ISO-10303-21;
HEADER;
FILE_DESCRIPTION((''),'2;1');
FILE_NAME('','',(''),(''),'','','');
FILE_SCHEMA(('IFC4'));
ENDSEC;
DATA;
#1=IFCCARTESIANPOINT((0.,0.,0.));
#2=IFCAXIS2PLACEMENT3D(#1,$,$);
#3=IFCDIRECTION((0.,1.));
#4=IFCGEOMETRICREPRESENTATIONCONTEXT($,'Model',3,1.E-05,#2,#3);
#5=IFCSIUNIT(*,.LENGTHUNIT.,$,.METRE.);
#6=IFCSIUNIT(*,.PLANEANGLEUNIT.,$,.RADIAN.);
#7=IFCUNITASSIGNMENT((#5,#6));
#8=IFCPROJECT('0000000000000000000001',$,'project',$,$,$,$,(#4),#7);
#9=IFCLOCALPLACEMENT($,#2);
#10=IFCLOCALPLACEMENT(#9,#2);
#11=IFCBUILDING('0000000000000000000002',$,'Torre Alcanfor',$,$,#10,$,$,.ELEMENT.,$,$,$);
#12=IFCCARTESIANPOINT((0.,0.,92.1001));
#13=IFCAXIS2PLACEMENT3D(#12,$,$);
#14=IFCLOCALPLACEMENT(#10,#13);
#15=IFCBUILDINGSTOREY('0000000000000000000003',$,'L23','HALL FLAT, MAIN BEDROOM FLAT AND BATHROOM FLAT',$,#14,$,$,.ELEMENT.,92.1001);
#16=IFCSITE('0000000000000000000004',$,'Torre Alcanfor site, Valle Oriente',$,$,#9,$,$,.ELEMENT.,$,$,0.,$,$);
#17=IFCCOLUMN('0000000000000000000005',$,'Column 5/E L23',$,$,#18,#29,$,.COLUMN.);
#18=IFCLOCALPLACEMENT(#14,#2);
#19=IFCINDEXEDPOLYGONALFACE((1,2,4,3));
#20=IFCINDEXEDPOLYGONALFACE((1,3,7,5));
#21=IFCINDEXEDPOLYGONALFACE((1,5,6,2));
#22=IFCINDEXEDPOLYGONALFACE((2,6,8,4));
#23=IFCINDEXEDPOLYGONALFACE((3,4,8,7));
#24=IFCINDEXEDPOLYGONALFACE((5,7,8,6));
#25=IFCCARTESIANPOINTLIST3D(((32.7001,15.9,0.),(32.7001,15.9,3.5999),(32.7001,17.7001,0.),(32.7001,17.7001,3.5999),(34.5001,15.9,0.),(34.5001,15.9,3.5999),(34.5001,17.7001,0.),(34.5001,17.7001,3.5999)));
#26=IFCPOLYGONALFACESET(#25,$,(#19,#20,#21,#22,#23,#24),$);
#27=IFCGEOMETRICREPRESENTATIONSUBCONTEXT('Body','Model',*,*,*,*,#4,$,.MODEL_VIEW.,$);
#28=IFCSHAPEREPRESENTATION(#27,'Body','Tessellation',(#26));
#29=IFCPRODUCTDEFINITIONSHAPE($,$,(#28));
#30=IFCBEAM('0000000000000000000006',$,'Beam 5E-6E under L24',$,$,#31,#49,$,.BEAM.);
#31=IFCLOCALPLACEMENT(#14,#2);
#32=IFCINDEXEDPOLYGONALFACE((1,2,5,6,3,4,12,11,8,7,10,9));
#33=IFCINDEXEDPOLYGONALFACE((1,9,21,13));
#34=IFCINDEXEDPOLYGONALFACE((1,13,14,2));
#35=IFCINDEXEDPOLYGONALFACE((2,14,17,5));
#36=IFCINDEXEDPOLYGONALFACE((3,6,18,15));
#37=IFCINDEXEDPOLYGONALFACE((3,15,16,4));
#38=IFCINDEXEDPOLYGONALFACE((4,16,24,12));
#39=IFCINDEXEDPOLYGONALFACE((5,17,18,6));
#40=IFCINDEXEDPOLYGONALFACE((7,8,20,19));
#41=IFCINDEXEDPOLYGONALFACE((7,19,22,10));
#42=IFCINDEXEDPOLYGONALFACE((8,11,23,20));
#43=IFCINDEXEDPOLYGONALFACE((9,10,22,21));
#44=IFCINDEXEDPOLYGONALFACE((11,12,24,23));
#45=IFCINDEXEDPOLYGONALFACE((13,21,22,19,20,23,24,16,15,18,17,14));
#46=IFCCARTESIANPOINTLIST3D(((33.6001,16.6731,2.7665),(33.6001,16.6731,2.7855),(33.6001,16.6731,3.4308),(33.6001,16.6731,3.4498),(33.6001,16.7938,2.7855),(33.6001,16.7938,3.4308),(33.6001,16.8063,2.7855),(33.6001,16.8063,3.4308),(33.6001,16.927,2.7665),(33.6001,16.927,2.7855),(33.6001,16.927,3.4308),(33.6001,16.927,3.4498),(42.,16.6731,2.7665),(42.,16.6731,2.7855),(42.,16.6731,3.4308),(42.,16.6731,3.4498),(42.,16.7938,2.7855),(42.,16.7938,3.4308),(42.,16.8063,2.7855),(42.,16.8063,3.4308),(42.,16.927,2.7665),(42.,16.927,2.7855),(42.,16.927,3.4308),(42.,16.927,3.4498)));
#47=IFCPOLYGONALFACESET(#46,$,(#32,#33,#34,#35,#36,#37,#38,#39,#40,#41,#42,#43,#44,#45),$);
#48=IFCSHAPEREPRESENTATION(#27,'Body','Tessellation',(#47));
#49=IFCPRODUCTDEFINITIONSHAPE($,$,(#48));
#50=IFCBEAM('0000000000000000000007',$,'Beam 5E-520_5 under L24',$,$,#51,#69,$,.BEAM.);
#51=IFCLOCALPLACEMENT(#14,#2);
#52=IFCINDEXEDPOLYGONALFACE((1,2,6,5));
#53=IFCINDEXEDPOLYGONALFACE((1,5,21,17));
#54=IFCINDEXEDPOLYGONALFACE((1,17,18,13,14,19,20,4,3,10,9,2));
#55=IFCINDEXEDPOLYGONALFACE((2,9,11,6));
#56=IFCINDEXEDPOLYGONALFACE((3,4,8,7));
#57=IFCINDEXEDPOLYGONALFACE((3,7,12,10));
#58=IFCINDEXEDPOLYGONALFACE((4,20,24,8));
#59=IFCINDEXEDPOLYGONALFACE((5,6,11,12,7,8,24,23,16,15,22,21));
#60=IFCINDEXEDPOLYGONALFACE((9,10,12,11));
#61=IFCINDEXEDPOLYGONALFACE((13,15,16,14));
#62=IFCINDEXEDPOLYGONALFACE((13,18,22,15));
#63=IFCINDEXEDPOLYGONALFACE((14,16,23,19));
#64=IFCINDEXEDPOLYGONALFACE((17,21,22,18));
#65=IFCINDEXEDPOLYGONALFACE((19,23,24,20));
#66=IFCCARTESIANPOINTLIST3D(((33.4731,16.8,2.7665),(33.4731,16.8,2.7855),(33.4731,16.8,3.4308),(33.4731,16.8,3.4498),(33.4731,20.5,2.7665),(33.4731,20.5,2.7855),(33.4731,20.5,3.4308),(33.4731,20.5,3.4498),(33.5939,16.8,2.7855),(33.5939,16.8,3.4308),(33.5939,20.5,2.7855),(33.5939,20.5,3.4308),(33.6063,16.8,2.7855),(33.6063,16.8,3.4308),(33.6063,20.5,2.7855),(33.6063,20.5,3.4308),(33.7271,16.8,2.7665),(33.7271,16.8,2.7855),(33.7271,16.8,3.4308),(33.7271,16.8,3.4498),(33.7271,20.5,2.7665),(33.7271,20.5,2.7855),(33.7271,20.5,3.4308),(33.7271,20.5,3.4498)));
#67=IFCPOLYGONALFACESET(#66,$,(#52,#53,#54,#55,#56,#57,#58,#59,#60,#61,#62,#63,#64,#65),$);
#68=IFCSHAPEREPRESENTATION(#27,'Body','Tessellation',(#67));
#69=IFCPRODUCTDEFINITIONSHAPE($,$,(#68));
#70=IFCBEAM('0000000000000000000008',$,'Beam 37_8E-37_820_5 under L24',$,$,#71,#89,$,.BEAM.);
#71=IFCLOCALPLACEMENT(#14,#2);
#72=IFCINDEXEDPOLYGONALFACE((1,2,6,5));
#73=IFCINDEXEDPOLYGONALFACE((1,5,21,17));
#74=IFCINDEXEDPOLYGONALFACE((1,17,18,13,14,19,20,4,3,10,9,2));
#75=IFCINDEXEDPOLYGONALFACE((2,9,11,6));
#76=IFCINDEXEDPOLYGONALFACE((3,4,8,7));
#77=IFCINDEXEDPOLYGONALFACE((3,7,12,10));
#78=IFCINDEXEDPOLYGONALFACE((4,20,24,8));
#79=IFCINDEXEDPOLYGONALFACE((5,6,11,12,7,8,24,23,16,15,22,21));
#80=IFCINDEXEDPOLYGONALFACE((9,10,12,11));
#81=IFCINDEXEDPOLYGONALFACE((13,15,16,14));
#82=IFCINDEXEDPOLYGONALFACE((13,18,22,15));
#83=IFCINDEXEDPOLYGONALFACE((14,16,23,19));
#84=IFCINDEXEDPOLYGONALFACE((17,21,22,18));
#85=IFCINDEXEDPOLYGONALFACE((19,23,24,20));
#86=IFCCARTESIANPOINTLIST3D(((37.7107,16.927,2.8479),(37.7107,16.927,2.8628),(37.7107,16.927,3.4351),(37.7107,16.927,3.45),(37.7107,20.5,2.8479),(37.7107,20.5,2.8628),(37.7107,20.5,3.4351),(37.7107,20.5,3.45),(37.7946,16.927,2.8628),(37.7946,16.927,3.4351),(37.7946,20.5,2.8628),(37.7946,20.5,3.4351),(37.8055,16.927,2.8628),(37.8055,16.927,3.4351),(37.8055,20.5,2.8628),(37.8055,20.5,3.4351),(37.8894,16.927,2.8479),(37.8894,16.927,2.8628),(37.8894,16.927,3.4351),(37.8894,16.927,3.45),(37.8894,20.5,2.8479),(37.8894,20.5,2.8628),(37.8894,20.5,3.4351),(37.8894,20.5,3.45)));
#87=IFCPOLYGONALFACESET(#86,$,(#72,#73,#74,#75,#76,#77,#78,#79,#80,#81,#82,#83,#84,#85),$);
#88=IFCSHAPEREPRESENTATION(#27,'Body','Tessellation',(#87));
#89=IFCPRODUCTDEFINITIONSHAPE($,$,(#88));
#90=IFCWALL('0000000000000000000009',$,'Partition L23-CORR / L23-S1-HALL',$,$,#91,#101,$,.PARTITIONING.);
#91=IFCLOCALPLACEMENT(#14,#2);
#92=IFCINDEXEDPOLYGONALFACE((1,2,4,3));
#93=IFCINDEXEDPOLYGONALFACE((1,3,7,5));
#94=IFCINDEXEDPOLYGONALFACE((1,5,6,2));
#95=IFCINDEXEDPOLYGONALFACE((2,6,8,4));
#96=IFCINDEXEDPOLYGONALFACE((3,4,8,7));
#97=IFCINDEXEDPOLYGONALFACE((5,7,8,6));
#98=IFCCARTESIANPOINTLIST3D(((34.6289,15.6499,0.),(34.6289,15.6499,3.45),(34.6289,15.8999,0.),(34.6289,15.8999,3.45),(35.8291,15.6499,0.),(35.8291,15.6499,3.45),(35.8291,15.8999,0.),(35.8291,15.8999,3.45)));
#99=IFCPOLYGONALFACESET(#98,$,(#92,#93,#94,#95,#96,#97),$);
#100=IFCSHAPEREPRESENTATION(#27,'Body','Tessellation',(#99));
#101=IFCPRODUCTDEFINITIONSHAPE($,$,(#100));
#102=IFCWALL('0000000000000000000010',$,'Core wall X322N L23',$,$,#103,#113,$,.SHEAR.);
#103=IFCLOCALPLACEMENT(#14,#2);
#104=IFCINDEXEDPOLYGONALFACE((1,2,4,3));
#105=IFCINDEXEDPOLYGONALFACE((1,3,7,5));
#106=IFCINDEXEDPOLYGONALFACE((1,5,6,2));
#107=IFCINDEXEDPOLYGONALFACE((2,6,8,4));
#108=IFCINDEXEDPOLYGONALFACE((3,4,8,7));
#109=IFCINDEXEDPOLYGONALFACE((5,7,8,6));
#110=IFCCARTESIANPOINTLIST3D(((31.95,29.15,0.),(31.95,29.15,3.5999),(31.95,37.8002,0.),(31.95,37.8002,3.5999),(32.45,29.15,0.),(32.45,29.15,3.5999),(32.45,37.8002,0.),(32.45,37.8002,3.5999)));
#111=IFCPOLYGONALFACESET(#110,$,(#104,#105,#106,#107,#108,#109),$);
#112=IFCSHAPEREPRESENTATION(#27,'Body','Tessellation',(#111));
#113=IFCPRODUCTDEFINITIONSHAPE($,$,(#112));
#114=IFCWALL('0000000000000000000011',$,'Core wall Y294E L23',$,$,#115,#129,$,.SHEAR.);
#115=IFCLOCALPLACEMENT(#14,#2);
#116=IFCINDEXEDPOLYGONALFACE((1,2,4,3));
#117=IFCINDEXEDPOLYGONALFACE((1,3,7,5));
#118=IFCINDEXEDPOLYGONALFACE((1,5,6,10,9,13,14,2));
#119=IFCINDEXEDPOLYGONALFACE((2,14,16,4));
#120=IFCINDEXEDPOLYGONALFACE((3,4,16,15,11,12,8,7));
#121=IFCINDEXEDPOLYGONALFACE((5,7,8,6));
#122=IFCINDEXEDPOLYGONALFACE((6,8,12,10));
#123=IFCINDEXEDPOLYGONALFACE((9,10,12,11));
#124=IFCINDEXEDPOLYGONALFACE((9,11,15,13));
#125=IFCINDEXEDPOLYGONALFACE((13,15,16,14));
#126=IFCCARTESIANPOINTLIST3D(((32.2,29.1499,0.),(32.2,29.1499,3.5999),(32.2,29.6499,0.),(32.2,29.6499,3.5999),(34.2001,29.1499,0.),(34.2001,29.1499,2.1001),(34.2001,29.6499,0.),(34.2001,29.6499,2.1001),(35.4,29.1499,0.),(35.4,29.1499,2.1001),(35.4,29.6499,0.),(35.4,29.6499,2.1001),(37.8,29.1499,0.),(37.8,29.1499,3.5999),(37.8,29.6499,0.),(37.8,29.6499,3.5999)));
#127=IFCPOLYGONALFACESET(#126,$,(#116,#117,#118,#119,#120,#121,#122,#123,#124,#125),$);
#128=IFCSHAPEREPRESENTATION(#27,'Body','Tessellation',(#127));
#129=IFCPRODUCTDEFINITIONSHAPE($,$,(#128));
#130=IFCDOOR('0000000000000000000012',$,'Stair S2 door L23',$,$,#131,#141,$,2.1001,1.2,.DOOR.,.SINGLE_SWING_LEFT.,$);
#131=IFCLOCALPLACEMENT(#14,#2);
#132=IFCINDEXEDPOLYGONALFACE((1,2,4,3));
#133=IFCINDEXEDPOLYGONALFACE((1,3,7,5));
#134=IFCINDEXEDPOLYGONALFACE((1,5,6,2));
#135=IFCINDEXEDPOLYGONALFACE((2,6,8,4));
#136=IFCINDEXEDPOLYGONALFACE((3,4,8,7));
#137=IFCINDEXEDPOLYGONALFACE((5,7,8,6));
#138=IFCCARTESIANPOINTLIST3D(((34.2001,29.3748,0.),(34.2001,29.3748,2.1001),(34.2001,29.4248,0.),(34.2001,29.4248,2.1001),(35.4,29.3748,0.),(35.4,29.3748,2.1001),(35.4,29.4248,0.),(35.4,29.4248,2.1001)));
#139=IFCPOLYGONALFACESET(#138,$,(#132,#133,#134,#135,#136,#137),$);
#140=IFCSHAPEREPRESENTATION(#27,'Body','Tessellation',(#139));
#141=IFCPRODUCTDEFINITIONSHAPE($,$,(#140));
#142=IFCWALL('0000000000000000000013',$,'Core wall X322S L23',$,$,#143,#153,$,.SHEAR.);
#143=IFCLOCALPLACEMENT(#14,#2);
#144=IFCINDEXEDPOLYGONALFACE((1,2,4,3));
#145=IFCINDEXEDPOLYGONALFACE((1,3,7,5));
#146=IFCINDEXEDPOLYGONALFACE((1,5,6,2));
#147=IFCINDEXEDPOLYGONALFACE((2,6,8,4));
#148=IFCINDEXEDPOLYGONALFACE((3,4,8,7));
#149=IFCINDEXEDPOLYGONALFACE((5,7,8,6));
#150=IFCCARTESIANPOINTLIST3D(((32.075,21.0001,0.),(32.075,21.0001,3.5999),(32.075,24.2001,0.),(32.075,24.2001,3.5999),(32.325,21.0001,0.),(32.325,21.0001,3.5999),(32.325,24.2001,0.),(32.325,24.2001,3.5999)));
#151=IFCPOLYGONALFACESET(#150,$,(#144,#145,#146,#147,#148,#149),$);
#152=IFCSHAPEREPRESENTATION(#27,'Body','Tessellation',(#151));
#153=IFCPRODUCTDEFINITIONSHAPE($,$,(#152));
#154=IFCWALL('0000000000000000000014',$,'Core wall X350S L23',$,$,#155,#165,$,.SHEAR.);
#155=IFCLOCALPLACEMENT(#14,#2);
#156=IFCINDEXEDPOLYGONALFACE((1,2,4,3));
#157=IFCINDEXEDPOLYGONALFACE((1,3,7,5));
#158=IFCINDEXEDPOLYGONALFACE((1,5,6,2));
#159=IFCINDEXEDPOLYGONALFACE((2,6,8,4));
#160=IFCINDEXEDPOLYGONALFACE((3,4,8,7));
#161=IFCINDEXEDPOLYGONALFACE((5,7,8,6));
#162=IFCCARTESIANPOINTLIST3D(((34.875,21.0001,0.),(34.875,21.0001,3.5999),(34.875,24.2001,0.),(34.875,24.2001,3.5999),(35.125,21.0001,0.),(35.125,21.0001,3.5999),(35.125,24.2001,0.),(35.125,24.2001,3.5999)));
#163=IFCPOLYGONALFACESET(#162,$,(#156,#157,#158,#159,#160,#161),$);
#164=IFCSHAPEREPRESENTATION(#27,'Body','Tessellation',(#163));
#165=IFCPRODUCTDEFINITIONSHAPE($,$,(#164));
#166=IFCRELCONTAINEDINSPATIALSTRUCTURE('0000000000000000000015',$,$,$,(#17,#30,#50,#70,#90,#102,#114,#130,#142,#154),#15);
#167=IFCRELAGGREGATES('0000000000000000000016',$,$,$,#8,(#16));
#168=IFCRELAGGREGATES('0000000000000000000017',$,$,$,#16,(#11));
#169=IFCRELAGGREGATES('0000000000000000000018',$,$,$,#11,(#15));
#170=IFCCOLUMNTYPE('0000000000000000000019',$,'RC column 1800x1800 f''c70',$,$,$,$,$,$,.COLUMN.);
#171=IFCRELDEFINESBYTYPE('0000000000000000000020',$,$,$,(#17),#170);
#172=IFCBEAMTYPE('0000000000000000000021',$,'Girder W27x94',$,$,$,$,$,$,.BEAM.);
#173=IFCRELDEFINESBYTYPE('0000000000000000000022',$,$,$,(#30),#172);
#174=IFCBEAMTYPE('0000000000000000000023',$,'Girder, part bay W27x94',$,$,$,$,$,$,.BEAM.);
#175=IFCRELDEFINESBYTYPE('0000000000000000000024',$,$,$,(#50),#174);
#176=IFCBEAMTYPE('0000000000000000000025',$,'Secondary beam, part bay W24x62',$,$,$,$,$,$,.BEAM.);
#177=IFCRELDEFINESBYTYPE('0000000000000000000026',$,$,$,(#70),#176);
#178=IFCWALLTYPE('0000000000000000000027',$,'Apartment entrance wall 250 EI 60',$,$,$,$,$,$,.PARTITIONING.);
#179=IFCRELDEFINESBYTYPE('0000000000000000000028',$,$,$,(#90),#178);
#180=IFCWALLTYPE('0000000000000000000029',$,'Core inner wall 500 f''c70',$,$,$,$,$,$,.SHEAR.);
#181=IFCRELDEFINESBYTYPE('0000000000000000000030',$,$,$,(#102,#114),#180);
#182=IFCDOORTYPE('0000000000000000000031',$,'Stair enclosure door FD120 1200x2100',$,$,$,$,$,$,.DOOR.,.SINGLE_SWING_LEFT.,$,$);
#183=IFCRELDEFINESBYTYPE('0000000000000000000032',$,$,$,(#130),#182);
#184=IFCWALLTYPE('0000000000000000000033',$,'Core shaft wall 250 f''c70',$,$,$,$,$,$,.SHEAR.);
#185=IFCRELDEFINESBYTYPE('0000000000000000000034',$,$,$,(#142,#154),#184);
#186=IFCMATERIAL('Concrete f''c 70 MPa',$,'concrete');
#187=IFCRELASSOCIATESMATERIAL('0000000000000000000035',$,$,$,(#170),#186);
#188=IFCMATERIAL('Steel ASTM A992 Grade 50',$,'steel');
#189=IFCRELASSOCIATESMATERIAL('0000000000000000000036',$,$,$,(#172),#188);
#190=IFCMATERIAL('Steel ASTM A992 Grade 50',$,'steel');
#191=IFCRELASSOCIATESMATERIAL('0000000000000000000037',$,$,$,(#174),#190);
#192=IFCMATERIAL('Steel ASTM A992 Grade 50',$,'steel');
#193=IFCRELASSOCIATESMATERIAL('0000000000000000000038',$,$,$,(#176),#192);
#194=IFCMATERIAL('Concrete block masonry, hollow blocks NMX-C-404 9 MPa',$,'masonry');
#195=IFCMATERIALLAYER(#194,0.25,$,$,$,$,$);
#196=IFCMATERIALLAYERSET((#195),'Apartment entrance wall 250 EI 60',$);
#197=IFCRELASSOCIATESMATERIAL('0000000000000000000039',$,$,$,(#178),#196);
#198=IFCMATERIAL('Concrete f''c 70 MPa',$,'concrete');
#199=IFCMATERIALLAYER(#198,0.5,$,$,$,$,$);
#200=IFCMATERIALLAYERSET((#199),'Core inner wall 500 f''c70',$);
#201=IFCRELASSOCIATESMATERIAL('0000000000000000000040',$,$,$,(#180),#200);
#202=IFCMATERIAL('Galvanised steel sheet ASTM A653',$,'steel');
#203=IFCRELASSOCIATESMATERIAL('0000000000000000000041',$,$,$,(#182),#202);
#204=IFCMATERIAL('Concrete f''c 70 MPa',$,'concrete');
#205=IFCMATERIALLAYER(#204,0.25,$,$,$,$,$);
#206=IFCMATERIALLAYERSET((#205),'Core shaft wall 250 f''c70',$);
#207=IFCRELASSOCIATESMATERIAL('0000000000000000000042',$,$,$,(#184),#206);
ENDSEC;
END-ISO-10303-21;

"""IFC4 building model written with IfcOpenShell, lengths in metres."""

from ifc_helpers import new_model, si_unit, direction, frame, frame_2d, origin, origin_2d, place, context, subcontext, project, spatial, rectangle, i_section, extrude, material, layer, layer_set, material_profile, profile_set, type_object, element, fill, save


model = new_model("IFC4")

# Units and contexts
model_context = context("Model", 3, precision=1e-05, world=origin(), true_north=direction((0.0, 1.0)))
body_context = subcontext(model_context, "Body", "Model", "MODEL_VIEW")
ifc_project = project(units=[si_unit("LENGTHUNIT", "METRE"), si_unit("PLANEANGLEUNIT", "RADIAN")], contexts=[model_context])

# Site, building, storey
site_placement = place(None, origin())
site = spatial("IfcSite", under=ifc_project, at=site_placement, Name="Torre Alcanfor site, Valle Oriente", CompositionType="ELEMENT", RefElevation=0.0)
building_placement = place(site_placement, origin())
building = spatial("IfcBuilding", under=site, at=building_placement, Name="Torre Alcanfor", CompositionType="ELEMENT")
storey_placement = place(building_placement, frame((0.0, 0.0, 92.1001)))
storey = spatial("IfcBuildingStorey", under=building, at=storey_placement, Name="L23", Description="HALL FLAT, MAIN BEDROOM FLAT AND BATHROOM FLAT", CompositionType="ELEMENT", Elevation=92.1001)

# Column
ifc_material_1 = material(Name="Concrete f'c 70 MPa", Category="concrete")
ifc_material_profile_1 = material_profile(ifc_material_1, rectangle(XDim=1.8, YDim=1.8, at=origin_2d()), Name="1800x1800")
ifc_profile_set_1 = profile_set([ifc_material_profile_1], Name="Concrete f'c 70 MPa")
column_type = type_object("IfcColumnType", Name="RC column 1800x1800 f'c70", PredefinedType="COLUMN", material=ifc_profile_set_1)
column_placement = place(storey_placement, frame((33.6001, 16.8, 0.0), z_axis=(0.0, 0.0, 1.0), x_axis=(1.0, 0.0, 0.0)))
element("IfcColumn", 1, at=column_placement, inside=storey, type_object=column_type, Name="Column 5/E L23", PredefinedType="COLUMN", context=body_context, shape_type="SweptSolid", body=[
    extrude(rectangle(XDim=1.8, YDim=1.8, at=origin_2d()), origin(), (0.0, 0.0, 1.0), 3.5999),
])

# Beams
ifc_material_2 = material(Name="Steel ASTM A992 Grade 50", Category="steel")
ifc_material_profile_2 = material_profile(ifc_material_2, i_section(OverallWidth=0.2539, OverallDepth=0.6833, WebThickness=0.0125, FlangeThickness=0.019, at=origin_2d()), Name="W27x94")
ifc_profile_set_2 = profile_set([ifc_material_profile_2], Name="Steel ASTM A992 Grade 50")
beam_type_1 = type_object("IfcBeamType", Name="Girder W27x94", PredefinedType="BEAM", material=ifc_profile_set_2)
beam_1_placement = place(storey_placement, frame((33.6001, 16.8, 3.1082), z_axis=(1.0, 0.0, 0.0), x_axis=(0.0, 1.0, 0.0)))
element("IfcBeam", 2, at=beam_1_placement, inside=storey, type_object=beam_type_1, Name="Beam 5E-6E under L24", PredefinedType="BEAM", context=body_context, shape_type="SweptSolid", body=[
    extrude(i_section(OverallWidth=0.2539, OverallDepth=0.6833, WebThickness=0.0125, FlangeThickness=0.019, at=origin_2d()), origin(), (0.0, 0.0, 1.0), 8.3999),
])
ifc_material_3 = material(Name="Steel ASTM A992 Grade 50", Category="steel")
ifc_material_profile_3 = material_profile(ifc_material_3, i_section(OverallWidth=0.2539, OverallDepth=0.6833, WebThickness=0.0125, FlangeThickness=0.019, at=origin_2d()), Name="W27x94")
ifc_profile_set_3 = profile_set([ifc_material_profile_3], Name="Steel ASTM A992 Grade 50")
beam_type_2 = type_object("IfcBeamType", Name="Girder, part bay W27x94", PredefinedType="BEAM", material=ifc_profile_set_3)
beam_2_placement = place(storey_placement, frame((33.6001, 16.8, 3.1082), z_axis=(0.0, 1.0, 0.0), x_axis=(-1.0, 0.0, 0.0)))
element("IfcBeam", 3, at=beam_2_placement, inside=storey, type_object=beam_type_2, Name="Beam 5E-520_5 under L24", PredefinedType="BEAM", context=body_context, shape_type="SweptSolid", body=[
    extrude(i_section(OverallWidth=0.2539, OverallDepth=0.6833, WebThickness=0.0125, FlangeThickness=0.019, at=origin_2d()), origin(), (0.0, 0.0, 1.0), 3.7),
])
ifc_material_4 = material(Name="Steel ASTM A992 Grade 50", Category="steel")
ifc_material_profile_4 = material_profile(ifc_material_4, i_section(OverallWidth=0.1787, OverallDepth=0.6021, WebThickness=0.011, FlangeThickness=0.0149, at=origin_2d()), Name="W24x62")
ifc_profile_set_4 = profile_set([ifc_material_profile_4], Name="Steel ASTM A992 Grade 50")
beam_type_3 = type_object("IfcBeamType", Name="Secondary beam, part bay W24x62", PredefinedType="BEAM", material=ifc_profile_set_4)
beam_3_placement = place(storey_placement, frame((37.8, 16.927, 3.1489), z_axis=(0.0, 1.0, 0.0), x_axis=(-1.0, 0.0, 0.0)))
element("IfcBeam", 4, at=beam_3_placement, inside=storey, type_object=beam_type_3, Name="Beam 37_8E-37_820_5 under L24", PredefinedType="BEAM", context=body_context, shape_type="SweptSolid", body=[
    extrude(i_section(OverallWidth=0.1787, OverallDepth=0.6021, WebThickness=0.011, FlangeThickness=0.0149, at=origin_2d()), origin(), (0.0, 0.0, 1.0), 3.573),
])

# Walls
ifc_material_5 = material(Name="Concrete block masonry, hollow blocks NMX-C-404 9 MPa", Category="masonry")
ifc_layer_1 = layer(ifc_material_5, 0.25)
ifc_layer_set_1 = layer_set([ifc_layer_1], Name="Apartment entrance wall 250 EI 60")
wall_type_1 = type_object("IfcWallType", Name="Apartment entrance wall 250 EI 60", PredefinedType="PARTITIONING", material=ifc_layer_set_1)
wall_1_placement = place(storey_placement, frame((35.8291, 15.7749, 0.0), z_axis=(0.0, 0.0, 1.0), x_axis=(-1.0, 0.0, 0.0)))
element("IfcWall", 5, at=wall_1_placement, inside=storey, type_object=wall_type_1, Name="Partition L23-CORR / L23-S1-HALL", PredefinedType="PARTITIONING", context=body_context, shape_type="SweptSolid", body=[
    extrude(rectangle(XDim=1.2002, YDim=0.25, at=frame_2d((0.6001, 0.0))), origin(), (0.0, 0.0, 1.0), 3.45),
])
ifc_material_6 = material(Name="Concrete f'c 70 MPa", Category="concrete")
ifc_layer_2 = layer(ifc_material_6, 0.5)
ifc_layer_set_2 = layer_set([ifc_layer_2], Name="Core inner wall 500 f'c70")
wall_type_2 = type_object("IfcWallType", Name="Core inner wall 500 f'c70", PredefinedType="SHEAR", material=ifc_layer_set_2)
wall_2_placement = place(storey_placement, frame((32.2, 29.1499, 0.0), z_axis=(0.0, 0.0, 1.0), x_axis=(0.0, 1.0, 0.0)))
element("IfcWall", 6, at=wall_2_placement, inside=storey, type_object=wall_type_2, Name="Core wall X322N L23", PredefinedType="SHEAR", context=body_context, shape_type="SweptSolid", body=[
    extrude(rectangle(XDim=8.6501, YDim=0.5, at=frame_2d((4.3252, 0.0))), origin(), (0.0, 0.0, 1.0), 3.5999),
])

# Wall, opening, door
wall_3_placement = place(storey_placement, frame((32.2, 29.3999, 0.0), z_axis=(0.0, 0.0, 1.0), x_axis=(1.0, 0.0, 0.0)))
wall_3 = element("IfcWall", 7, at=wall_3_placement, inside=storey, type_object=wall_type_2, Name="Core wall Y294E L23", PredefinedType="SHEAR", context=body_context, shape_type="SweptSolid", body=[
    extrude(rectangle(XDim=5.6001, YDim=0.5, at=frame_2d((2.8, 0.0))), origin(), (0.0, 0.0, 1.0), 3.5999),
])
opening_1_placement = place(wall_3_placement, frame((2.0, 0.0, 0.0)))
opening_1 = element("IfcOpeningElement", 8, at=opening_1_placement, cuts=wall_3, PredefinedType="OPENING", context=body_context, shape_type="SweptSolid", body=[
    extrude(rectangle(XDim=1.2, YDim=2.1001, at=frame_2d((0.6001, 1.05))), frame((0.0, 0.26, 0.0), z_axis=(0.0, -1.0, 0.0), x_axis=(1.0, 0.0, 0.0)), (0.0, 0.0, 1.0), 0.52),
])
ifc_material_7 = material(Name="Galvanised steel sheet ASTM A653", Category="steel")
door_type_1 = type_object("IfcDoorType", Name="Stair enclosure door FD120 1200x2100", OperationType="SINGLE_SWING_LEFT", PredefinedType="DOOR", material=ifc_material_7)
door_1_placement = place(opening_1_placement, origin())
door_1 = element("IfcDoor", 9, at=door_1_placement, inside=storey, type_object=door_type_1, Name="Stair S2 door L23", OperationType="SINGLE_SWING_LEFT", OverallHeight=2.1001, OverallWidth=1.2, PredefinedType="DOOR", context=body_context, shape_type="SweptSolid", body=[
    extrude(rectangle(XDim=1.2, YDim=2.1001, at=frame_2d((0.6001, 1.05))), frame((0.0, 0.0249, 0.0), z_axis=(0.0, -1.0, 0.0), x_axis=(1.0, 0.0, 0.0)), (0.0, 0.0, 1.0), 0.05),
])
fill(opening_1, door_1)

# Walls
ifc_material_8 = material(Name="Concrete f'c 70 MPa", Category="concrete")
ifc_layer_3 = layer(ifc_material_8, 0.25)
ifc_layer_set_3 = layer_set([ifc_layer_3], Name="Core shaft wall 250 f'c70")
wall_type_3 = type_object("IfcWallType", Name="Core shaft wall 250 f'c70", PredefinedType="SHEAR", material=ifc_layer_set_3)
for number, where, z_axis, x_axis, name in (
    (10, (32.2, 21.0, 0.0), (0.0, 0.0, 1.0), (0.0, 1.0, 0.0), "Core wall X322S L23"),
    (11, (35.0, 21.0, 0.0), (0.0, 0.0, 1.0), (0.0, 1.0, 0.0), "Core wall X350S L23"),
):
    element("IfcWall", number, at=place(storey_placement, frame(where, z_axis=z_axis, x_axis=x_axis)), inside=storey, type_object=wall_type_3, Name=name, PredefinedType="SHEAR", context=body_context, shape_type="SweptSolid", body=[
        extrude(rectangle(XDim=3.2, YDim=0.25, at=frame_2d((1.6001, 0.0))), origin(), (0.0, 0.0, 1.0), 3.5999),
    ])

save(model, "model.ifc")
